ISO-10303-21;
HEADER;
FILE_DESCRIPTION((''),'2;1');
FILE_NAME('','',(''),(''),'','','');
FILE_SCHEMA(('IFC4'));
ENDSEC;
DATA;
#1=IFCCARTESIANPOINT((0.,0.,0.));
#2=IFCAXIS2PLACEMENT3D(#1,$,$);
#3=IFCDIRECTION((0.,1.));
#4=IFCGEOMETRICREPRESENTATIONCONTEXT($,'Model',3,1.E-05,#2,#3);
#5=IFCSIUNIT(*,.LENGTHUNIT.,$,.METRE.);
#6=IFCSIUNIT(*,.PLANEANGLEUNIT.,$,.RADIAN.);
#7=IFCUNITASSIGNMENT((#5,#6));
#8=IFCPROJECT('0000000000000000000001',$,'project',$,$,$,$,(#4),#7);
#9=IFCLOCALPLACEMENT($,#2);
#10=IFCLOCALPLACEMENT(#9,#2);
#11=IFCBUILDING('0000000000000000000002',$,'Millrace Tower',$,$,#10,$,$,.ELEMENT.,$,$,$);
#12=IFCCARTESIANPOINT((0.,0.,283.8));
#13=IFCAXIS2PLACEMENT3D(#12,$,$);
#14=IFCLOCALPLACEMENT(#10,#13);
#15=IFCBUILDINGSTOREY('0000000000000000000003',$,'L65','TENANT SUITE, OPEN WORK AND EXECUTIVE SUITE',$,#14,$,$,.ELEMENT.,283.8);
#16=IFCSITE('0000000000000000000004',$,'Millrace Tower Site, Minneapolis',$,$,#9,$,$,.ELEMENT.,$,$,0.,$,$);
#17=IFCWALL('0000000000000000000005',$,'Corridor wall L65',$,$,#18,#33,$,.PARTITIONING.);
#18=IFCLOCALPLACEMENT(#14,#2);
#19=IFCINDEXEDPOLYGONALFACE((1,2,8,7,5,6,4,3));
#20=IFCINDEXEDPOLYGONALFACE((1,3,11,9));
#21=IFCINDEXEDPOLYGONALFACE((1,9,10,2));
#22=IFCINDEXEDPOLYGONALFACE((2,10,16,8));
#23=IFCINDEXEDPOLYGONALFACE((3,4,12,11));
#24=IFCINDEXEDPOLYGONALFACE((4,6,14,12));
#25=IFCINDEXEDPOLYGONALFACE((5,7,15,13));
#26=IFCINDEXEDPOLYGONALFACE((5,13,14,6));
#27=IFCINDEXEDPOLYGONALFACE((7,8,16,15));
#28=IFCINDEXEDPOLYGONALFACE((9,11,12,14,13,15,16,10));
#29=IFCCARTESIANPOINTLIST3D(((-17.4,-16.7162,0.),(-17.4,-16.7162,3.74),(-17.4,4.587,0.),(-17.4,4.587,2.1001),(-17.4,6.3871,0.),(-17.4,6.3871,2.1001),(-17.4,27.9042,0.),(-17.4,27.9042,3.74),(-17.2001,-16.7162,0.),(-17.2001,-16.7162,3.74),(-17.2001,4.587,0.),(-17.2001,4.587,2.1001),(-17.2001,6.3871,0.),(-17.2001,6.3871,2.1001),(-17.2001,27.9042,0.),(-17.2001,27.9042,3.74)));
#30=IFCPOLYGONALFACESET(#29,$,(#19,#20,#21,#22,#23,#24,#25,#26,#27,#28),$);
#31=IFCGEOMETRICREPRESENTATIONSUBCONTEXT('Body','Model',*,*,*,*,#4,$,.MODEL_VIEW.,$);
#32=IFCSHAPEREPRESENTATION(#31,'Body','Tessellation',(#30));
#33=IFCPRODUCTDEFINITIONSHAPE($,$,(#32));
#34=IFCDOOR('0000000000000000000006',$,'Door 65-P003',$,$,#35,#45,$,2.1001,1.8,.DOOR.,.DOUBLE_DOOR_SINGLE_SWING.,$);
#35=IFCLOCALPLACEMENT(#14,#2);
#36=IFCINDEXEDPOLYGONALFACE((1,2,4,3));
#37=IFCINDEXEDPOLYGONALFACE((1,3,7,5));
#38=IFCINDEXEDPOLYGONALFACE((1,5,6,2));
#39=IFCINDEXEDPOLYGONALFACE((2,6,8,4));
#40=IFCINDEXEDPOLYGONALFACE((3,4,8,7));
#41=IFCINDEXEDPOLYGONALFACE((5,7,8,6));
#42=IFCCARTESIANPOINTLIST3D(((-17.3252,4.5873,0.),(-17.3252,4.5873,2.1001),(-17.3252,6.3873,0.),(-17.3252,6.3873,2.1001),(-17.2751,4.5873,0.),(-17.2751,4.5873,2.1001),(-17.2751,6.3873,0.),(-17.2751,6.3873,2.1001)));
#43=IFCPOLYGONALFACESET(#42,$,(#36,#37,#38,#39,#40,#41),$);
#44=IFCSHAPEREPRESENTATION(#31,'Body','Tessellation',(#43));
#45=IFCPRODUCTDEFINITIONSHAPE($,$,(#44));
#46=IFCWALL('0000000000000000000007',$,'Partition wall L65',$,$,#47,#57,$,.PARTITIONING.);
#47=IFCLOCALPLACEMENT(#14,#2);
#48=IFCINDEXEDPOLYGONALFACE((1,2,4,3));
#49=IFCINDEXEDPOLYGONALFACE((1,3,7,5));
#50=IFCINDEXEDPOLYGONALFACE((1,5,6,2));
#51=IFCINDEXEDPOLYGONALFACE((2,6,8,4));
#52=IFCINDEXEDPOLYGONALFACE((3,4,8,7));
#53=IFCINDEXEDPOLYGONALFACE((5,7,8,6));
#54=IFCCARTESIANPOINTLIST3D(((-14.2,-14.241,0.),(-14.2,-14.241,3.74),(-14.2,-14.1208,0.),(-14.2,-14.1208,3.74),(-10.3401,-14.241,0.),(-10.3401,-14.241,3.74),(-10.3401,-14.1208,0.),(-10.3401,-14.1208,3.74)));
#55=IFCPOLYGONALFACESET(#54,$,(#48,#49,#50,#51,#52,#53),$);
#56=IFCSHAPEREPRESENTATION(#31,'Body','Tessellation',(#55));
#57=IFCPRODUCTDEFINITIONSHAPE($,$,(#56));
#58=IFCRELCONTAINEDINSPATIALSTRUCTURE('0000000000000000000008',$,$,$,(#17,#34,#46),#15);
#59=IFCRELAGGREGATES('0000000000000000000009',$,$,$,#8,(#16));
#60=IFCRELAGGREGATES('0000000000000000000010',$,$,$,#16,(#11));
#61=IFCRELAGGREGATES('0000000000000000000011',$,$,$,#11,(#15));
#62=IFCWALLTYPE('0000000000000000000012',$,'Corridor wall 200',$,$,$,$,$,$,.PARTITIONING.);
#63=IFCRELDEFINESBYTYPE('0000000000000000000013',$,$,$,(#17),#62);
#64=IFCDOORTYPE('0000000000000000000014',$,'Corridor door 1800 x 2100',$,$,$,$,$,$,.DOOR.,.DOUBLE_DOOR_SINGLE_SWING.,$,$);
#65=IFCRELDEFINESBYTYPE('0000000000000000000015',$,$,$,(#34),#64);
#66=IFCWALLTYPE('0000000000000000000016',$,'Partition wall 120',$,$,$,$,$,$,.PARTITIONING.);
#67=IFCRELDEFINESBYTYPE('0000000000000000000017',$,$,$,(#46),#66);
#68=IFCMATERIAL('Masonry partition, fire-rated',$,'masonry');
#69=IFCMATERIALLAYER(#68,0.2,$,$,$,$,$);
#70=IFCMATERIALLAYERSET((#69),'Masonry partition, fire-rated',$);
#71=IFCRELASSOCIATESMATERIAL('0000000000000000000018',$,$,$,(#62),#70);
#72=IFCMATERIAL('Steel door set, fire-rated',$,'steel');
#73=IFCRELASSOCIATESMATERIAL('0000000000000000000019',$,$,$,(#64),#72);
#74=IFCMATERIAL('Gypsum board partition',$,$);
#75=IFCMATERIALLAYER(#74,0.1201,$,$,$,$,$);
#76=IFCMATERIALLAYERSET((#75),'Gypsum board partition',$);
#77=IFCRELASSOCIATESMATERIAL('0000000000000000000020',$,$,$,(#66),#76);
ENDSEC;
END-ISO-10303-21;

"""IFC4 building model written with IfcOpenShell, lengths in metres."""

from ifc_helpers import new_model, si_unit, direction, frame, frame_2d, origin, place, context, subcontext, project, spatial, rectangle, extrude, material, layer, layer_set, type_object, element, fill, save


model = new_model("IFC4")

# Units and contexts
model_context = context("Model", 3, precision=1e-05, world=origin(), true_north=direction((0.0, 1.0)))
body_context = subcontext(model_context, "Body", "Model", "MODEL_VIEW")
ifc_project = project(units=[si_unit("LENGTHUNIT", "METRE"), si_unit("PLANEANGLEUNIT", "RADIAN")], contexts=[model_context])

# Site, building, storey
site_placement = place(None, origin())
site = spatial("IfcSite", under=ifc_project, at=site_placement, Name="Millrace Tower Site, Minneapolis", CompositionType="ELEMENT", RefElevation=0.0)
building_placement = place(site_placement, origin())
building = spatial("IfcBuilding", under=site, at=building_placement, Name="Millrace Tower", CompositionType="ELEMENT")
storey_placement = place(building_placement, frame((0.0, 0.0, 283.8)))
storey = spatial("IfcBuildingStorey", under=building, at=storey_placement, Name="L65", Description="TENANT SUITE, OPEN WORK AND EXECUTIVE SUITE", CompositionType="ELEMENT", Elevation=283.8)

# Shared definitions
ifc_material_1 = material(Name="Masonry partition, fire-rated", Category="masonry")
ifc_layer_1 = layer(ifc_material_1, 0.2)
ifc_layer_set_1 = layer_set([ifc_layer_1], Name="Masonry partition, fire-rated")
wall_type_1 = type_object("IfcWallType", Name="Corridor wall 200", PredefinedType="PARTITIONING", material=ifc_layer_set_1)

# Shared definitions
ifc_material_2 = material(Name="Steel door set, fire-rated", Category="steel")
door_type_1 = type_object("IfcDoorType", Name="Corridor door 1800 x 2100", OperationType="DOUBLE_DOOR_SINGLE_SWING", PredefinedType="DOOR", material=ifc_material_2)

# Wall, opening, door
wall_1_placement = place(storey_placement, frame((-17.3, -16.7161, 0.0), z_axis=(0.0, 0.0, 1.0), x_axis=(0.0, 1.0, 0.0)))
wall_1 = element("IfcWall", 1, at=wall_1_placement, inside=storey, type_object=wall_type_1, Name="Corridor wall L65", PredefinedType="PARTITIONING", context=body_context, shape_type="SweptSolid", body=[
    extrude(rectangle(XDim=44.6204, YDim=0.2, at=frame_2d((22.3101, 0.0))), origin(), (0.0, 0.0, 1.0), 3.74),
])
opening_1_placement = place(wall_1_placement, frame((21.3032, 0.0, 0.0)))
opening_1 = element("IfcOpeningElement", 2, at=opening_1_placement, cuts=wall_1, PredefinedType="OPENING", context=body_context, shape_type="SweptSolid", body=[
    extrude(rectangle(XDim=1.8, YDim=2.1001, at=frame_2d((0.8999, 1.05))), frame((0.0, 0.1099, 0.0), z_axis=(0.0, -1.0, 0.0), x_axis=(1.0, 0.0, 0.0)), (0.0, 0.0, 1.0), 0.22),
])
door_1_placement = place(opening_1_placement, frame((1.8, 0.0, 0.0), z_axis=(0.0, 0.0, 1.0), x_axis=(-1.0, 0.0, 0.0)))
door_1 = element("IfcDoor", 3, at=door_1_placement, inside=storey, type_object=door_type_1, Name="Door 65-P003", OperationType="DOUBLE_DOOR_SINGLE_SWING", OverallHeight=2.1001, OverallWidth=1.8, PredefinedType="DOOR", context=body_context, shape_type="SweptSolid", body=[
    extrude(rectangle(XDim=1.8, YDim=2.1001, at=frame_2d((0.8999, 1.05))), frame((0.0, 0.0249, 0.0), z_axis=(0.0, -1.0, 0.0), x_axis=(1.0, 0.0, 0.0)), (0.0, 0.0, 1.0), 0.05),
])
fill(opening_1, door_1)

# Wall
ifc_material_3 = material(Name="Gypsum board partition")
ifc_layer_2 = layer(ifc_material_3, 0.1201)
ifc_layer_set_2 = layer_set([ifc_layer_2], Name="Gypsum board partition")
wall_type_2 = type_object("IfcWallType", Name="Partition wall 120", PredefinedType="PARTITIONING", material=ifc_layer_set_2)
wall_2_placement = place(storey_placement, frame((-14.2, -14.1809, 0.0), z_axis=(0.0, 0.0, 1.0), x_axis=(1.0, 0.0, 0.0)))
element("IfcWall", 4, at=wall_2_placement, inside=storey, type_object=wall_type_2, Name="Partition wall L65", PredefinedType="PARTITIONING", context=body_context, shape_type="SweptSolid", body=[
    extrude(rectangle(XDim=3.8599, YDim=0.1201, at=frame_2d((1.9299, 0.0))), origin(), (0.0, 0.0, 1.0), 3.74),
])

save(model, "model.ifc")
